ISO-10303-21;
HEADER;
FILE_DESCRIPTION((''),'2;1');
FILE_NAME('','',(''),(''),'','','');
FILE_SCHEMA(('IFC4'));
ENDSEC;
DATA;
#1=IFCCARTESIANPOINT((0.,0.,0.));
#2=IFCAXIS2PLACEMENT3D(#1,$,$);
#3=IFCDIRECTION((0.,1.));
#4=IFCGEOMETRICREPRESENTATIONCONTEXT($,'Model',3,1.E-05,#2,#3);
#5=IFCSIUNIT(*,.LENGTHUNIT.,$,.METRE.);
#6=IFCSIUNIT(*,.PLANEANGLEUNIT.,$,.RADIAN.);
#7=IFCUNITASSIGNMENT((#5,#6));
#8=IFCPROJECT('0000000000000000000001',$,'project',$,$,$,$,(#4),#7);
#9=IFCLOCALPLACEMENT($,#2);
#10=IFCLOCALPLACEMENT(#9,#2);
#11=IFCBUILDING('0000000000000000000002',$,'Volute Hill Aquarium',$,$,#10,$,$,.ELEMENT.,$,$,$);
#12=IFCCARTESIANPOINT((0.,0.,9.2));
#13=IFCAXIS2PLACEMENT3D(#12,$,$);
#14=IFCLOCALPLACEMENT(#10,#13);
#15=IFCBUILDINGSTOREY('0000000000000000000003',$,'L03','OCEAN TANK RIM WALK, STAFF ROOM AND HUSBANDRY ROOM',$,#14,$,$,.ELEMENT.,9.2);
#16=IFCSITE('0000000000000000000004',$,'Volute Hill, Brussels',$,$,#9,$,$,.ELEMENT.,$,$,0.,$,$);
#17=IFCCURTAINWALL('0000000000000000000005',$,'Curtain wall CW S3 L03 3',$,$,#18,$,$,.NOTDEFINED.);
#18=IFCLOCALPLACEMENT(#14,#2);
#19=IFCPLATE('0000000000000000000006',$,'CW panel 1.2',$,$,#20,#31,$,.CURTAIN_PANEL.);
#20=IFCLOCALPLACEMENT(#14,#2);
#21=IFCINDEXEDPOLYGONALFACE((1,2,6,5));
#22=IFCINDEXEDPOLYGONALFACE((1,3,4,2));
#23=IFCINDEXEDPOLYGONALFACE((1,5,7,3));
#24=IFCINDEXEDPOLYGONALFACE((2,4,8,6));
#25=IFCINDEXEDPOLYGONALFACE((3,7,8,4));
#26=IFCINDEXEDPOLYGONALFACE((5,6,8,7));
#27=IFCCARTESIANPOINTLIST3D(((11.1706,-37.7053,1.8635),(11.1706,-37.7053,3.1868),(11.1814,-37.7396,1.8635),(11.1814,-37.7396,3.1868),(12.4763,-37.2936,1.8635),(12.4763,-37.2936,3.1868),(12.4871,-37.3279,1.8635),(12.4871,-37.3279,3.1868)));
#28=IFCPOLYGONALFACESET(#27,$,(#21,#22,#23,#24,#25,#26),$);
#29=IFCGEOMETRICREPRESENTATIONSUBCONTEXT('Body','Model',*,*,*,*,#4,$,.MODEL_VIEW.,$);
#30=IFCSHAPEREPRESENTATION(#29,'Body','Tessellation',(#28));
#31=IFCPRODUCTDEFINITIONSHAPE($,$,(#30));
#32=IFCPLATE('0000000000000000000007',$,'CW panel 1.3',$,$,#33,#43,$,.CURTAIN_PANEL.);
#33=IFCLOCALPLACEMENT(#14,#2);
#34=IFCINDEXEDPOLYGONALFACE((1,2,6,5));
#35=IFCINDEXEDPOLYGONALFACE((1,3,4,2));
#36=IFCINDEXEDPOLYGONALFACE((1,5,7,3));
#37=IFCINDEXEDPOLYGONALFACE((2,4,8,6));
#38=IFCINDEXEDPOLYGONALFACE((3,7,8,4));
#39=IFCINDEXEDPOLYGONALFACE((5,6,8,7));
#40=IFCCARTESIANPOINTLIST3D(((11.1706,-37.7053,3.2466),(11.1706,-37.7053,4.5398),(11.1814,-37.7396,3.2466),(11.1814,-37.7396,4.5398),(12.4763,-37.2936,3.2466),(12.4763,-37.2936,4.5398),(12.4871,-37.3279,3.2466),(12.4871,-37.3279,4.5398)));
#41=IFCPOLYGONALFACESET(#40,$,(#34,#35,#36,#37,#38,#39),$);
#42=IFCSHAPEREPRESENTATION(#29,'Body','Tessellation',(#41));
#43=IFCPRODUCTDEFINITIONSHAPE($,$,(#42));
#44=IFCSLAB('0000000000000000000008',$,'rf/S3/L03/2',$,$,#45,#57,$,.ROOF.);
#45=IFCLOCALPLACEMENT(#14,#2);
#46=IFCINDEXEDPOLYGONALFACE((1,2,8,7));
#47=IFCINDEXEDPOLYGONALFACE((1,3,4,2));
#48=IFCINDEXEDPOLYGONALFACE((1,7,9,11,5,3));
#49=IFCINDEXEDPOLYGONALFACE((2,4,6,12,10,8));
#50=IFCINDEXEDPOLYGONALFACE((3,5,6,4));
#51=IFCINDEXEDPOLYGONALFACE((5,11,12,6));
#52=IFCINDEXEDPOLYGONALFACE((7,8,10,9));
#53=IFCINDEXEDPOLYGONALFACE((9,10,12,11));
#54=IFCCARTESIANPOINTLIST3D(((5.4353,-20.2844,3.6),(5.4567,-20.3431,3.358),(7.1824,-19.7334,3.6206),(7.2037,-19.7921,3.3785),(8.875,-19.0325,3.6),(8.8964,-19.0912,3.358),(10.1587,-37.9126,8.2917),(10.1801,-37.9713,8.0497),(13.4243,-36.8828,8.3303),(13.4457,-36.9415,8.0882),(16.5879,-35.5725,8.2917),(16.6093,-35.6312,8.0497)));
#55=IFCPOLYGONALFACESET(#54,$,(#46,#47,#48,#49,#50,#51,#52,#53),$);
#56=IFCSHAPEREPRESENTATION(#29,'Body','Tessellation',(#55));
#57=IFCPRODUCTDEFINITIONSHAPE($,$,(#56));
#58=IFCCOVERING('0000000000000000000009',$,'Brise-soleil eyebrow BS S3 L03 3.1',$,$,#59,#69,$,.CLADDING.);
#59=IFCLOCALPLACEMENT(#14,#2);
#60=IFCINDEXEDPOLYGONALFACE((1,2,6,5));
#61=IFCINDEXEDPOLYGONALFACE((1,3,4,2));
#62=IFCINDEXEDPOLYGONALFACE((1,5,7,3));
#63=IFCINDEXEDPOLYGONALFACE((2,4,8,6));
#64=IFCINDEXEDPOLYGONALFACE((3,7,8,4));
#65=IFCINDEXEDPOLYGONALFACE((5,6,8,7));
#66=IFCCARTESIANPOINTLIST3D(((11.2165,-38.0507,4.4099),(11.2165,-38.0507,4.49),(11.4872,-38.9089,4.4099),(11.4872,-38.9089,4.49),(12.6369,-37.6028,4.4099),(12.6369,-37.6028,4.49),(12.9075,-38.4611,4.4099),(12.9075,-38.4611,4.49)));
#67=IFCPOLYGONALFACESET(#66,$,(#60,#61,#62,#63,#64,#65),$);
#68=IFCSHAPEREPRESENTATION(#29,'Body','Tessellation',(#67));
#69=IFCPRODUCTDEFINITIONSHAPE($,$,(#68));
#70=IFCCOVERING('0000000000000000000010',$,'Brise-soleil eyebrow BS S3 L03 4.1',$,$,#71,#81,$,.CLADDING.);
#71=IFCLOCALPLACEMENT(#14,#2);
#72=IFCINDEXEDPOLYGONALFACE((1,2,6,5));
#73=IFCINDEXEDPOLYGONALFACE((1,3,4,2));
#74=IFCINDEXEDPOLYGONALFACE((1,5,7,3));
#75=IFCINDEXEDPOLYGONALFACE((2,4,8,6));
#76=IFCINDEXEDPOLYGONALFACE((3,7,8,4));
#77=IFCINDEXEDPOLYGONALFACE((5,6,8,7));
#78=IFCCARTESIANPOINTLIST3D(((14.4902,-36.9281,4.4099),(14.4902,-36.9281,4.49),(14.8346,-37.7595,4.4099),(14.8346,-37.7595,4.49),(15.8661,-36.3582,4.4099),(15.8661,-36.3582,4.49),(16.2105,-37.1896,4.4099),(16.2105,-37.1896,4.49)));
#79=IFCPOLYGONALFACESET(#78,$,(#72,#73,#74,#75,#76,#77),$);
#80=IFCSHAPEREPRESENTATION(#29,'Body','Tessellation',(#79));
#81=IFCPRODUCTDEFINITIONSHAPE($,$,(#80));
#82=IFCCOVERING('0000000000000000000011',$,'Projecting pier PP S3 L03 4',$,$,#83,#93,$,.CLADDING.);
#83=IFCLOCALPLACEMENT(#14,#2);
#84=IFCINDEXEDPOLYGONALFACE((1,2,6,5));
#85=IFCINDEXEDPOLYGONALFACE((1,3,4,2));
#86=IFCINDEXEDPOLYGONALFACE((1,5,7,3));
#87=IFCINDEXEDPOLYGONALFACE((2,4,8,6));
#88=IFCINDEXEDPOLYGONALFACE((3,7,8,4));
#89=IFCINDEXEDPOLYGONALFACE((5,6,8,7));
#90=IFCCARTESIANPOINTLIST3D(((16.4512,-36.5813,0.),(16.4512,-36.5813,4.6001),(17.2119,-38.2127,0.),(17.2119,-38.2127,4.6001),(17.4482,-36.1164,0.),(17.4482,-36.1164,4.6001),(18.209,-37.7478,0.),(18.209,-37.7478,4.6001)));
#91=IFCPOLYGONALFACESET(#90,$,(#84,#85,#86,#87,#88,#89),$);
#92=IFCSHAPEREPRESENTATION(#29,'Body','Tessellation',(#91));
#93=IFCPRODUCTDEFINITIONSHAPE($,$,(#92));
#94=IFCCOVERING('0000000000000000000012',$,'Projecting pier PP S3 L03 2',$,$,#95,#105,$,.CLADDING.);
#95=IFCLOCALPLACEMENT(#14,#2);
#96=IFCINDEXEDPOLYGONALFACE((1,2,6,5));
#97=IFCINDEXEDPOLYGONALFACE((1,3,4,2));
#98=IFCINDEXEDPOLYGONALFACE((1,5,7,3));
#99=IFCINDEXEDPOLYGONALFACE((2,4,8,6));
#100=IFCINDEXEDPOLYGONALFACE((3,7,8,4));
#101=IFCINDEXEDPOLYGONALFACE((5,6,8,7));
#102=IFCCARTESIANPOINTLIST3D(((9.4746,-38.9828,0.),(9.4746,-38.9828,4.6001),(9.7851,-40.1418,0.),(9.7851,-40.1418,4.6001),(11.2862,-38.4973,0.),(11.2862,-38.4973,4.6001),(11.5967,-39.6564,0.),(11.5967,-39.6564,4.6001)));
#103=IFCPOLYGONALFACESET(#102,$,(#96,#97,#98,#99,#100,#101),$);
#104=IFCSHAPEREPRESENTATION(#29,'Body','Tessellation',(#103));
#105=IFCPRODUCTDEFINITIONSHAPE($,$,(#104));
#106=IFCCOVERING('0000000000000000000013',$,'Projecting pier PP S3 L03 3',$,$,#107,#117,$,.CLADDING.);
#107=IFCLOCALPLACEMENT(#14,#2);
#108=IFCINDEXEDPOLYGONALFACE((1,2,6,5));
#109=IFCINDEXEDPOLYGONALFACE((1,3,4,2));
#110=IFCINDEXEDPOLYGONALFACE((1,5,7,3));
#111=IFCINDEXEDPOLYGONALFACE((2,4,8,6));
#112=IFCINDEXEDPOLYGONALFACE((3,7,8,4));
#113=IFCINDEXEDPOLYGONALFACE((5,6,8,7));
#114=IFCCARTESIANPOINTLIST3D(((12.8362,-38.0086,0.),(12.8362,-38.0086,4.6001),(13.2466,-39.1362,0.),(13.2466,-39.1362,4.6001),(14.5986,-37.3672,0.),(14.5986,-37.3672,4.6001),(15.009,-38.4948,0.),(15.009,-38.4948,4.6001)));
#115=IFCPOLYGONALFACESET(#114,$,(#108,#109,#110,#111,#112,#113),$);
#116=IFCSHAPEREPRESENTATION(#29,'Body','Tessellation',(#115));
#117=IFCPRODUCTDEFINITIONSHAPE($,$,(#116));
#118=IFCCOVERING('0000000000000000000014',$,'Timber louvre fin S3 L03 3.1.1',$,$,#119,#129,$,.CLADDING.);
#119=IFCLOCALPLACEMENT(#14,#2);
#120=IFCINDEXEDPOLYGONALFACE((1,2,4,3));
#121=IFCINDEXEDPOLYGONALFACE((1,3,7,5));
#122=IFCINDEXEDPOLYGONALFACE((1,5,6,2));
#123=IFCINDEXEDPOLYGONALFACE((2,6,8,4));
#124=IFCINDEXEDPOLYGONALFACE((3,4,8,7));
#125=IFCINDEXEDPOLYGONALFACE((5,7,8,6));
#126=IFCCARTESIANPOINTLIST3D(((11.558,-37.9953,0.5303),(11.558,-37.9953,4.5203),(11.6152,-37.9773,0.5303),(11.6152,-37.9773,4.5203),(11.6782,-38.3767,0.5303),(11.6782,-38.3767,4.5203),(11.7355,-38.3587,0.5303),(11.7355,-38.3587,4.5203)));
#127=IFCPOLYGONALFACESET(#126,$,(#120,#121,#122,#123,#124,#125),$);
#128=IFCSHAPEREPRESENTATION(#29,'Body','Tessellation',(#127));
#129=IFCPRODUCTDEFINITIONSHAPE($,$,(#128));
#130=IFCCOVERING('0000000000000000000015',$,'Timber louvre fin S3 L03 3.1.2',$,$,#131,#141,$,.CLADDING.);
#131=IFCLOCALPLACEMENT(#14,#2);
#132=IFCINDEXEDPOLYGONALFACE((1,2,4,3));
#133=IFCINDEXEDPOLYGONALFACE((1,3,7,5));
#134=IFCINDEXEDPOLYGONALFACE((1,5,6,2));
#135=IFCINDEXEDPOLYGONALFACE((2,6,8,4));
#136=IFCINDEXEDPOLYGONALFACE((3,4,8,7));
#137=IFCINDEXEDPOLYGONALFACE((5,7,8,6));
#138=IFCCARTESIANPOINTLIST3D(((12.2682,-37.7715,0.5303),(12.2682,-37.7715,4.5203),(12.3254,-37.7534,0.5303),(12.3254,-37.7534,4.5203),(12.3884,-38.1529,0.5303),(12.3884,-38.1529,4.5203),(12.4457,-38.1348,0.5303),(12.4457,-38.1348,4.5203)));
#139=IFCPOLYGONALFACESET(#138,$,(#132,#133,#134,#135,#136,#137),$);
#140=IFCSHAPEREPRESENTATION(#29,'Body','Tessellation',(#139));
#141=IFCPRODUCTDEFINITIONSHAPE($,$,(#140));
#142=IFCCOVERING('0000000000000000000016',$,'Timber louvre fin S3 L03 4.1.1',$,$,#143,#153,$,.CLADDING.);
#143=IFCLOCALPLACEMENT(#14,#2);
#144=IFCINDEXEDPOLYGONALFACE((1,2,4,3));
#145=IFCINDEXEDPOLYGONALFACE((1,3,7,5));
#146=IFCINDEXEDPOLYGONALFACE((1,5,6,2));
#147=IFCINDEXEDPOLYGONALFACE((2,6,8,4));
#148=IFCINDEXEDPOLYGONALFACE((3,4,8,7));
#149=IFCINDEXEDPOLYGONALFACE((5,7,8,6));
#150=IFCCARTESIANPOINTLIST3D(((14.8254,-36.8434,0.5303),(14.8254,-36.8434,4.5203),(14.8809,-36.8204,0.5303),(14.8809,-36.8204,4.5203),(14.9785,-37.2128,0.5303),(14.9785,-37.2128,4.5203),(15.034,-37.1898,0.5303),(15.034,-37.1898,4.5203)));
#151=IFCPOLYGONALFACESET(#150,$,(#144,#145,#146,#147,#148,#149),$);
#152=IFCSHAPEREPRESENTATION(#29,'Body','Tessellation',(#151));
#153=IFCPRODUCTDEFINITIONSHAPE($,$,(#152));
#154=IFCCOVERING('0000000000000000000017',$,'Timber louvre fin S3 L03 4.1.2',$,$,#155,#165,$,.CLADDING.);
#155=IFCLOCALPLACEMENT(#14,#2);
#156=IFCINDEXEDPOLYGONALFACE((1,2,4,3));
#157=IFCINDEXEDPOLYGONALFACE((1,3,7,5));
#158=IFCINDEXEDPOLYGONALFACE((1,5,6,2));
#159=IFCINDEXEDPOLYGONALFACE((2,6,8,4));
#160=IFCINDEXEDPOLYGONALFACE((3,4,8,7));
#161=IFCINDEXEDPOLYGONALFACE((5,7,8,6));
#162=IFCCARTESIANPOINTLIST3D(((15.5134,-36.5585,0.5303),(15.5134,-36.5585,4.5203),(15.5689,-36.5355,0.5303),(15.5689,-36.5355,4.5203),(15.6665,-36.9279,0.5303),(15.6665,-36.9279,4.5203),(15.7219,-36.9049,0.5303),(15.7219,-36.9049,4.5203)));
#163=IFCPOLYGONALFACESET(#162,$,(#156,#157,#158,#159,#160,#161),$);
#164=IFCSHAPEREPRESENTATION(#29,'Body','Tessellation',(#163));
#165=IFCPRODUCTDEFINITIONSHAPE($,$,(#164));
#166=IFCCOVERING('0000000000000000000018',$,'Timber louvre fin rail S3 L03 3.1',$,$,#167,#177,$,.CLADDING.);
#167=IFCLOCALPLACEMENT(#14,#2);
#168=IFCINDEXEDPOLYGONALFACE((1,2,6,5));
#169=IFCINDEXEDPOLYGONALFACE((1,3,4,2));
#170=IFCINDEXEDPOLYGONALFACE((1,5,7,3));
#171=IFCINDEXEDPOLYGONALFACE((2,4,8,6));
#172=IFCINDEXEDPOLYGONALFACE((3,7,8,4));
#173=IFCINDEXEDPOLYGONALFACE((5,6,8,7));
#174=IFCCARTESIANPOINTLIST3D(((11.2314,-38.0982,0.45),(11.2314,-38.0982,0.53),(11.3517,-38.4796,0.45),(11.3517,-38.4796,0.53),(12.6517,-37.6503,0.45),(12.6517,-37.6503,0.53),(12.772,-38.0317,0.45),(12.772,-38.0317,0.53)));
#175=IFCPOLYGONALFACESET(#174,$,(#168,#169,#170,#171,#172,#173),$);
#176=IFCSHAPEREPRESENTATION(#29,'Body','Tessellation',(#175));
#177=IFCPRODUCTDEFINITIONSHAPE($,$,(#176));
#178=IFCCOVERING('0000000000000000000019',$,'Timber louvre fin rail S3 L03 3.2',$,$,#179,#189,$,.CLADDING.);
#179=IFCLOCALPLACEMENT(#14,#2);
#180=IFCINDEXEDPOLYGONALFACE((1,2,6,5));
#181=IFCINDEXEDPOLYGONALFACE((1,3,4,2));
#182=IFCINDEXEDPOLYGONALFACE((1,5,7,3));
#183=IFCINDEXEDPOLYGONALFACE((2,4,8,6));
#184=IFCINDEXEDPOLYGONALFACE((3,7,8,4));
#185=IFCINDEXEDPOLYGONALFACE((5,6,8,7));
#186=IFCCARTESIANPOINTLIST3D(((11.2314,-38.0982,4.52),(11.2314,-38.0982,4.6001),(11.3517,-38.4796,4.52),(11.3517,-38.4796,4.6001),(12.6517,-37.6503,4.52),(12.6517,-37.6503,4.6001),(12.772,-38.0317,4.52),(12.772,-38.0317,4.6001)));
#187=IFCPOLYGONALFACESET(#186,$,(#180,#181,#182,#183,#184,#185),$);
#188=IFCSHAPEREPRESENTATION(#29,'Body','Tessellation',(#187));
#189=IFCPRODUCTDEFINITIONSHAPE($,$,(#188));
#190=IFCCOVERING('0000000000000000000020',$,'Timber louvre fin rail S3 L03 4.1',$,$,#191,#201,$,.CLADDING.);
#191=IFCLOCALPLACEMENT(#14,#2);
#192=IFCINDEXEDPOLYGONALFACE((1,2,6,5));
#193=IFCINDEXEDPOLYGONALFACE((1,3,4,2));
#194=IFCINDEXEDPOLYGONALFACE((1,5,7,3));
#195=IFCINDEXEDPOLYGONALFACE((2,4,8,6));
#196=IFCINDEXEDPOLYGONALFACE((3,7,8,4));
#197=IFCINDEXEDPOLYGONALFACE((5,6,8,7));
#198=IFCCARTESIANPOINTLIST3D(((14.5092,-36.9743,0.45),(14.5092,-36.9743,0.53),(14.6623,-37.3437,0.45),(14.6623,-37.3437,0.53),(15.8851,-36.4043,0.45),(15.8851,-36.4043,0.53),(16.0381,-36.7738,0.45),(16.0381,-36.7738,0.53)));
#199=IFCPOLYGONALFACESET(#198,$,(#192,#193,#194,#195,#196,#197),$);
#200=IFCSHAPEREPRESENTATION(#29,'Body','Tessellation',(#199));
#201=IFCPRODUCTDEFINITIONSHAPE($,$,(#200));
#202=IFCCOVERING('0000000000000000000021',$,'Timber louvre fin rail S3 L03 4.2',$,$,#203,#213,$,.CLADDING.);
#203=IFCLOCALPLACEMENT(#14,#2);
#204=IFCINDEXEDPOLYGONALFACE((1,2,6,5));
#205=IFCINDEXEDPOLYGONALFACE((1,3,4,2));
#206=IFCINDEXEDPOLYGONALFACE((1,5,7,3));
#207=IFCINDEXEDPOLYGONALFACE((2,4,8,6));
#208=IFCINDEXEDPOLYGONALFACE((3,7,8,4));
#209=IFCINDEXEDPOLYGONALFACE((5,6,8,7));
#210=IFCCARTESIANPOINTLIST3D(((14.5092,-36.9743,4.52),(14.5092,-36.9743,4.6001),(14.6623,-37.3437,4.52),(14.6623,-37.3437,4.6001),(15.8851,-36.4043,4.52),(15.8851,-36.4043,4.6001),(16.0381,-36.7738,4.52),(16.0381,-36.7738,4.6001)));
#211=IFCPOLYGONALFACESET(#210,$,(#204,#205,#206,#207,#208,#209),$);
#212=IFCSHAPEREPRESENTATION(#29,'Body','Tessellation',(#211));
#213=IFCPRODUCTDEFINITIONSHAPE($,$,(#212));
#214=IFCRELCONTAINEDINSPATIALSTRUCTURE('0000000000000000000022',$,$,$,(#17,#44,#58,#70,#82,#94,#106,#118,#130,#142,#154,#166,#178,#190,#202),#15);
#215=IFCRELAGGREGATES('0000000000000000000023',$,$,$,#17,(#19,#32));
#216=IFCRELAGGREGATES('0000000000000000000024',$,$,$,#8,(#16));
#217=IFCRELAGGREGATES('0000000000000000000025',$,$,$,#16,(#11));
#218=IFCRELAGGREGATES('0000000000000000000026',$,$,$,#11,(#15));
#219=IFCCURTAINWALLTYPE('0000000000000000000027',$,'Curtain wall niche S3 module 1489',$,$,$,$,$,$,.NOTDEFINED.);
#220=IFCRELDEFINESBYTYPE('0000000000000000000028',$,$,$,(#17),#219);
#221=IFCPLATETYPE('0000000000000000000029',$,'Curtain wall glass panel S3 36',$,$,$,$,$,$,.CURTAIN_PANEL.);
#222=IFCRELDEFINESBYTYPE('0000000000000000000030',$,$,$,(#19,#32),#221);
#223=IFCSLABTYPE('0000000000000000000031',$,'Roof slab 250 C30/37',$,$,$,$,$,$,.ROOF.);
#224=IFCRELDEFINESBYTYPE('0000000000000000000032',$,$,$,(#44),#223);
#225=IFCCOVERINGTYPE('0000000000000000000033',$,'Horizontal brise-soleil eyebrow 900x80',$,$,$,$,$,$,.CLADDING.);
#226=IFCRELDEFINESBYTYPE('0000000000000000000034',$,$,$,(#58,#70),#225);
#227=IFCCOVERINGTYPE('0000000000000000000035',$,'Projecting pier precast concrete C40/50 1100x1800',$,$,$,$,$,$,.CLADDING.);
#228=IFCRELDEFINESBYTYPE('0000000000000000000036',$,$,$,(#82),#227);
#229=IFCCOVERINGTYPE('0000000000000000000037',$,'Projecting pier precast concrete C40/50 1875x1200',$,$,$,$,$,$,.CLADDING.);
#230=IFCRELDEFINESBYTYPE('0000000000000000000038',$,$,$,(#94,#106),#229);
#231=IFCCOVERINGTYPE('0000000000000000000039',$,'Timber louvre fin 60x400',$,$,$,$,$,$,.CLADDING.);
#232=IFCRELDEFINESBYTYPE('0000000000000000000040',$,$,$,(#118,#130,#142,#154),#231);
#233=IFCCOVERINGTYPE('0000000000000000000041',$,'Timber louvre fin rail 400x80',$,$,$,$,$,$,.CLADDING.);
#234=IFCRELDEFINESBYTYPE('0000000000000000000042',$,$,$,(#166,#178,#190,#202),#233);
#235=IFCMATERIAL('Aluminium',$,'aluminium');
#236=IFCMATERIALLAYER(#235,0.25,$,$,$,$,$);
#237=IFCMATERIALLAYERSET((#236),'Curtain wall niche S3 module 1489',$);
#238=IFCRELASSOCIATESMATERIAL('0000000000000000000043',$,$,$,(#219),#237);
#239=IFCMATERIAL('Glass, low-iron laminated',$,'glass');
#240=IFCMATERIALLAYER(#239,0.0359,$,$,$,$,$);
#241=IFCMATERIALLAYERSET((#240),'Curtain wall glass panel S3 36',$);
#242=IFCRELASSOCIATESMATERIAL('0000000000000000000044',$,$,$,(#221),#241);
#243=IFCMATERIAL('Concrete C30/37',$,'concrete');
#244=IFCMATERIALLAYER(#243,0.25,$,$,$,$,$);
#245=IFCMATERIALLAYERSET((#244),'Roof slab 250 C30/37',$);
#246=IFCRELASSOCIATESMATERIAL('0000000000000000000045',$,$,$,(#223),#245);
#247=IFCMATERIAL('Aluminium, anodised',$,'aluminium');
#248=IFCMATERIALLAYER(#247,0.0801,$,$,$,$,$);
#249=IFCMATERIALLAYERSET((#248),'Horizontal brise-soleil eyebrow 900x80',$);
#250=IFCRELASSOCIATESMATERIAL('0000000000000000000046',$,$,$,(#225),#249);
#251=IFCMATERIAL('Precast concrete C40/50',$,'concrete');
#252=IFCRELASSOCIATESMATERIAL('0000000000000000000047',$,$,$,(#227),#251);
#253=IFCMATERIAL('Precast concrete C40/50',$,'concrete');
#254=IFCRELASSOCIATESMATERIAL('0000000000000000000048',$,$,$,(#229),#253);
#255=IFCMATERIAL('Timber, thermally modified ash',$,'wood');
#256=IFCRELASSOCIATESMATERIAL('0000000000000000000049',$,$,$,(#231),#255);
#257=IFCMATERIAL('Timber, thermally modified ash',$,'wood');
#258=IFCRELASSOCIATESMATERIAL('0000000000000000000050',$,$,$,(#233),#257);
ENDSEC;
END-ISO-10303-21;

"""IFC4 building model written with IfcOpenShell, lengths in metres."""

from ifc_helpers import new_model, si_unit, direction, frame, origin, origin_2d, place, context, subcontext, project, spatial, polyline, rectangle, outline, extrude, material, layer, layer_set, type_object, element, aggregate, save


model = new_model("IFC4")

# Units and contexts
model_context = context("Model", 3, precision=1e-05, world=origin(), true_north=direction((0.0, 1.0)))
body_context = subcontext(model_context, "Body", "Model", "MODEL_VIEW")
ifc_project = project(units=[si_unit("LENGTHUNIT", "METRE"), si_unit("PLANEANGLEUNIT", "RADIAN")], contexts=[model_context])

# Site, building, storey
site_placement = place(None, origin())
site = spatial("IfcSite", under=ifc_project, at=site_placement, Name="Volute Hill, Brussels", CompositionType="ELEMENT", RefElevation=0.0)
building_placement = place(site_placement, origin())
building = spatial("IfcBuilding", under=site, at=building_placement, Name="Volute Hill Aquarium", CompositionType="ELEMENT")
storey_placement = place(building_placement, frame((0.0, 0.0, 9.2)))
storey = spatial("IfcBuildingStorey", under=building, at=storey_placement, Name="L03", Description="OCEAN TANK RIM WALK, STAFF ROOM AND HUSBANDRY ROOM", CompositionType="ELEMENT", Elevation=9.2)

# Shared definitions
ifc_material_1 = material(Name="Aluminium", Category="aluminium")
ifc_layer_1 = layer(ifc_material_1, 0.25)
ifc_layer_set_1 = layer_set([ifc_layer_1], Name="Curtain wall niche S3 module 1489")
curtain_wall_type = type_object("IfcCurtainWallType", Name="Curtain wall niche S3 module 1489", PredefinedType="NOTDEFINED", material=ifc_layer_set_1)

# Curtain wall
curtain_wall_1_placement = place(storey_placement, origin())
curtain_wall_1 = element("IfcCurtainWall", 1, at=curtain_wall_1_placement, inside=storey, type_object=curtain_wall_type, Name="Curtain wall CW S3 L03 3", PredefinedType="NOTDEFINED")

# Plates
ifc_material_2 = material(Name="Glass, low-iron laminated", Category="glass")
ifc_layer_2 = layer(ifc_material_2, 0.0359)
ifc_layer_set_2 = layer_set([ifc_layer_2], Name="Curtain wall glass panel S3 36")
plate_type = type_object("IfcPlateType", Name="Curtain wall glass panel S3 36", PredefinedType="CURTAIN_PANEL", material=ifc_layer_set_2)
plate_1_placement = place(storey_placement, frame((11.8289, -37.5166, 1.8635), z_axis=(0.0, 0.0, 1.0), x_axis=(0.953715, 0.300713, 0.0)))
plate_1 = element("IfcPlate", 2, at=plate_1_placement, type_object=plate_type, Name="CW panel 1.2", PredefinedType="CURTAIN_PANEL", context=body_context, shape_type="SweptSolid", body=[
    extrude(rectangle(XDim=1.3691, YDim=0.0359, at=origin_2d()), origin(), (0.0, 0.0, 1.0), 1.3232),
])
plate_2_placement = place(storey_placement, frame((11.8289, -37.5166, 3.2466), z_axis=(0.0, 0.0, 1.0), x_axis=(0.953715, 0.300713, 0.0)))
plate_2 = element("IfcPlate", 3, at=plate_2_placement, type_object=plate_type, Name="CW panel 1.3", PredefinedType="CURTAIN_PANEL", context=body_context, shape_type="SweptSolid", body=[
    extrude(rectangle(XDim=1.3691, YDim=0.0359, at=origin_2d()), origin(), (0.0, 0.0, 1.0), 1.2932),
])
aggregate(curtain_wall_1, [plate_1, plate_2])

# Slab
ifc_material_3 = material(Name="Concrete C30/37", Category="concrete")
ifc_layer_3 = layer(ifc_material_3, 0.25)
ifc_layer_set_3 = layer_set([ifc_layer_3], Name="Roof slab 250 C30/37")
slab_type = type_object("IfcSlabType", Name="Roof slab 250 C30/37", PredefinedType="ROOF", material=ifc_layer_set_3)
slab_placement = place(storey_placement, frame((10.1587, -37.9126, 8.2917), z_axis=(-0.085464, 0.234806, 0.968278), x_axis=(0.953646, 0.300719, 0.011248)))
element("IfcSlab", 4, at=slab_placement, inside=storey, type_object=slab_type, Name="rf/S3/L03/2", PredefinedType="ROOF", context=body_context, shape_type="SweptSolid", body=[
    extrude(outline(polyline([(0.0, 0.0), (3.4244, 0.0), (6.8349, 0.308), (4.4007, 18.9935), (2.5759, 18.8289), (0.7439, 18.8287), (0.0, 0.0)])), origin(), (0.0, 0.0, -1.0), 0.25),
])

# Coverings
ifc_material_4 = material(Name="Aluminium, anodised", Category="aluminium")
ifc_layer_4 = layer(ifc_material_4, 0.0801)
ifc_layer_set_4 = layer_set([ifc_layer_4], Name="Horizontal brise-soleil eyebrow 900x80")
covering_type_1 = type_object("IfcCoveringType", Name="Horizontal brise-soleil eyebrow 900x80", PredefinedType="CLADDING", material=ifc_layer_set_4)
for number, where, z_axis, x_axis, name in (
    (5, (12.062, -38.2559, 4.4099), (0.0, 0.0, 1.0), (0.953714, 0.300715, 0.0), "Brise-soleil eyebrow BS S3 L03 3.1"),
    (6, (15.3503, -37.0588, 4.4099), (0.0, 0.0, 1.0), (0.923875, 0.382694, 0.0), "Brise-soleil eyebrow BS S3 L03 4.1"),
):
    element("IfcCovering", number, at=place(storey_placement, frame(where, z_axis=z_axis, x_axis=x_axis)), inside=storey, type_object=covering_type_1, Name=name, PredefinedType="CLADDING", context=body_context, shape_type="SweptSolid", body=[
        extrude(rectangle(XDim=1.4893, YDim=0.8999, at=origin_2d()), origin(), (0.0, 0.0, 1.0), 0.0801),
    ])
ifc_material_5 = material(Name="Precast concrete C40/50", Category="concrete")
covering_type_2 = type_object("IfcCoveringType", Name="Projecting pier precast concrete C40/50 1100x1800", PredefinedType="CLADDING", material=ifc_material_5)
covering_1_placement = place(storey_placement, frame((17.3301, -37.1646, 0.0), z_axis=(0.0, 0.0, 1.0), x_axis=(0.906308, 0.422618, 0.0)))
element("IfcCovering", 7, at=covering_1_placement, inside=storey, type_object=covering_type_2, Name="Projecting pier PP S3 L03 4", PredefinedType="CLADDING", context=body_context, shape_type="SweptSolid", body=[
    extrude(rectangle(XDim=1.1001, YDim=1.8, at=origin_2d()), origin(), (0.0, 0.0, 1.0), 4.6001),
])
ifc_material_6 = material(Name="Precast concrete C40/50", Category="concrete")
covering_type_3 = type_object("IfcCoveringType", Name="Projecting pier precast concrete C40/50 1875x1200", PredefinedType="CLADDING", material=ifc_material_6)
for number, where, z_axis, x_axis, name in (
    (8, (10.5356, -39.3196, 0.0), (0.0, 0.0, 1.0), (0.965926, 0.258819, 0.0), "Projecting pier PP S3 L03 2"),
    (9, (13.9226, -38.2517, 0.0), (0.0, 0.0, 1.0), (0.939693, 0.34202, 0.0), "Projecting pier PP S3 L03 3"),
):
    element("IfcCovering", number, at=place(storey_placement, frame(where, z_axis=z_axis, x_axis=x_axis)), inside=storey, type_object=covering_type_3, Name=name, PredefinedType="CLADDING", context=body_context, shape_type="SweptSolid", body=[
        extrude(rectangle(XDim=1.8755, YDim=1.2, at=origin_2d()), origin(), (0.0, 0.0, 1.0), 4.6001),
    ])
ifc_material_7 = material(Name="Timber, thermally modified ash", Category="wood")
covering_type_4 = type_object("IfcCoveringType", Name="Timber louvre fin 60x400", PredefinedType="CLADDING", material=ifc_material_7)
for number, where, z_axis, x_axis, name in (
    (10, (11.6467, -38.177, 0.5303), (0.0, 0.0, 1.0), (0.953714, 0.300715, 0.0), "Timber louvre fin S3 L03 3.1.1"),
    (11, (12.3569, -37.9531, 0.5303), (0.0, 0.0, 1.0), (0.953714, 0.300715, 0.0), "Timber louvre fin S3 L03 3.1.2"),
    (12, (14.9297, -37.0166, 0.5303), (0.0, 0.0, 1.0), (0.923875, 0.382694, 0.0), "Timber louvre fin S3 L03 4.1.1"),
    (13, (15.6177, -36.7317, 0.5303), (0.0, 0.0, 1.0), (0.923875, 0.382694, 0.0), "Timber louvre fin S3 L03 4.1.2"),
):
    element("IfcCovering", number, at=place(storey_placement, frame(where, z_axis=z_axis, x_axis=x_axis)), inside=storey, type_object=covering_type_4, Name=name, PredefinedType="CLADDING", context=body_context, shape_type="SweptSolid", body=[
        extrude(rectangle(XDim=0.0601, YDim=0.3999, at=origin_2d()), origin(), (0.0, 0.0, 1.0), 3.99),
    ])
ifc_material_8 = material(Name="Timber, thermally modified ash", Category="wood")
covering_type_5 = type_object("IfcCoveringType", Name="Timber louvre fin rail 400x80", PredefinedType="CLADDING", material=ifc_material_8)
for number, where, z_axis, x_axis, name in (
    (14, (12.0017, -38.0649, 0.45), (0.0, 0.0, 1.0), (0.953714, 0.300715, 0.0), "Timber louvre fin rail S3 L03 3.1"),
    (15, (12.0017, -38.0649, 4.52), (0.0, 0.0, 1.0), (0.953714, 0.300715, 0.0), "Timber louvre fin rail S3 L03 3.2"),
    (16, (15.2737, -36.874, 0.45), (0.0, 0.0, 1.0), (0.923875, 0.382694, 0.0), "Timber louvre fin rail S3 L03 4.1"),
    (17, (15.2737, -36.874, 4.52), (0.0, 0.0, 1.0), (0.923875, 0.382694, 0.0), "Timber louvre fin rail S3 L03 4.2"),
):
    element("IfcCovering", number, at=place(storey_placement, frame(where, z_axis=z_axis, x_axis=x_axis)), inside=storey, type_object=covering_type_5, Name=name, PredefinedType="CLADDING", context=body_context, shape_type="SweptSolid", body=[
        extrude(rectangle(XDim=1.4893, YDim=0.3999, at=origin_2d()), origin(), (0.0, 0.0, 1.0), 0.0801),
    ])

save(model, "model.ifc")
